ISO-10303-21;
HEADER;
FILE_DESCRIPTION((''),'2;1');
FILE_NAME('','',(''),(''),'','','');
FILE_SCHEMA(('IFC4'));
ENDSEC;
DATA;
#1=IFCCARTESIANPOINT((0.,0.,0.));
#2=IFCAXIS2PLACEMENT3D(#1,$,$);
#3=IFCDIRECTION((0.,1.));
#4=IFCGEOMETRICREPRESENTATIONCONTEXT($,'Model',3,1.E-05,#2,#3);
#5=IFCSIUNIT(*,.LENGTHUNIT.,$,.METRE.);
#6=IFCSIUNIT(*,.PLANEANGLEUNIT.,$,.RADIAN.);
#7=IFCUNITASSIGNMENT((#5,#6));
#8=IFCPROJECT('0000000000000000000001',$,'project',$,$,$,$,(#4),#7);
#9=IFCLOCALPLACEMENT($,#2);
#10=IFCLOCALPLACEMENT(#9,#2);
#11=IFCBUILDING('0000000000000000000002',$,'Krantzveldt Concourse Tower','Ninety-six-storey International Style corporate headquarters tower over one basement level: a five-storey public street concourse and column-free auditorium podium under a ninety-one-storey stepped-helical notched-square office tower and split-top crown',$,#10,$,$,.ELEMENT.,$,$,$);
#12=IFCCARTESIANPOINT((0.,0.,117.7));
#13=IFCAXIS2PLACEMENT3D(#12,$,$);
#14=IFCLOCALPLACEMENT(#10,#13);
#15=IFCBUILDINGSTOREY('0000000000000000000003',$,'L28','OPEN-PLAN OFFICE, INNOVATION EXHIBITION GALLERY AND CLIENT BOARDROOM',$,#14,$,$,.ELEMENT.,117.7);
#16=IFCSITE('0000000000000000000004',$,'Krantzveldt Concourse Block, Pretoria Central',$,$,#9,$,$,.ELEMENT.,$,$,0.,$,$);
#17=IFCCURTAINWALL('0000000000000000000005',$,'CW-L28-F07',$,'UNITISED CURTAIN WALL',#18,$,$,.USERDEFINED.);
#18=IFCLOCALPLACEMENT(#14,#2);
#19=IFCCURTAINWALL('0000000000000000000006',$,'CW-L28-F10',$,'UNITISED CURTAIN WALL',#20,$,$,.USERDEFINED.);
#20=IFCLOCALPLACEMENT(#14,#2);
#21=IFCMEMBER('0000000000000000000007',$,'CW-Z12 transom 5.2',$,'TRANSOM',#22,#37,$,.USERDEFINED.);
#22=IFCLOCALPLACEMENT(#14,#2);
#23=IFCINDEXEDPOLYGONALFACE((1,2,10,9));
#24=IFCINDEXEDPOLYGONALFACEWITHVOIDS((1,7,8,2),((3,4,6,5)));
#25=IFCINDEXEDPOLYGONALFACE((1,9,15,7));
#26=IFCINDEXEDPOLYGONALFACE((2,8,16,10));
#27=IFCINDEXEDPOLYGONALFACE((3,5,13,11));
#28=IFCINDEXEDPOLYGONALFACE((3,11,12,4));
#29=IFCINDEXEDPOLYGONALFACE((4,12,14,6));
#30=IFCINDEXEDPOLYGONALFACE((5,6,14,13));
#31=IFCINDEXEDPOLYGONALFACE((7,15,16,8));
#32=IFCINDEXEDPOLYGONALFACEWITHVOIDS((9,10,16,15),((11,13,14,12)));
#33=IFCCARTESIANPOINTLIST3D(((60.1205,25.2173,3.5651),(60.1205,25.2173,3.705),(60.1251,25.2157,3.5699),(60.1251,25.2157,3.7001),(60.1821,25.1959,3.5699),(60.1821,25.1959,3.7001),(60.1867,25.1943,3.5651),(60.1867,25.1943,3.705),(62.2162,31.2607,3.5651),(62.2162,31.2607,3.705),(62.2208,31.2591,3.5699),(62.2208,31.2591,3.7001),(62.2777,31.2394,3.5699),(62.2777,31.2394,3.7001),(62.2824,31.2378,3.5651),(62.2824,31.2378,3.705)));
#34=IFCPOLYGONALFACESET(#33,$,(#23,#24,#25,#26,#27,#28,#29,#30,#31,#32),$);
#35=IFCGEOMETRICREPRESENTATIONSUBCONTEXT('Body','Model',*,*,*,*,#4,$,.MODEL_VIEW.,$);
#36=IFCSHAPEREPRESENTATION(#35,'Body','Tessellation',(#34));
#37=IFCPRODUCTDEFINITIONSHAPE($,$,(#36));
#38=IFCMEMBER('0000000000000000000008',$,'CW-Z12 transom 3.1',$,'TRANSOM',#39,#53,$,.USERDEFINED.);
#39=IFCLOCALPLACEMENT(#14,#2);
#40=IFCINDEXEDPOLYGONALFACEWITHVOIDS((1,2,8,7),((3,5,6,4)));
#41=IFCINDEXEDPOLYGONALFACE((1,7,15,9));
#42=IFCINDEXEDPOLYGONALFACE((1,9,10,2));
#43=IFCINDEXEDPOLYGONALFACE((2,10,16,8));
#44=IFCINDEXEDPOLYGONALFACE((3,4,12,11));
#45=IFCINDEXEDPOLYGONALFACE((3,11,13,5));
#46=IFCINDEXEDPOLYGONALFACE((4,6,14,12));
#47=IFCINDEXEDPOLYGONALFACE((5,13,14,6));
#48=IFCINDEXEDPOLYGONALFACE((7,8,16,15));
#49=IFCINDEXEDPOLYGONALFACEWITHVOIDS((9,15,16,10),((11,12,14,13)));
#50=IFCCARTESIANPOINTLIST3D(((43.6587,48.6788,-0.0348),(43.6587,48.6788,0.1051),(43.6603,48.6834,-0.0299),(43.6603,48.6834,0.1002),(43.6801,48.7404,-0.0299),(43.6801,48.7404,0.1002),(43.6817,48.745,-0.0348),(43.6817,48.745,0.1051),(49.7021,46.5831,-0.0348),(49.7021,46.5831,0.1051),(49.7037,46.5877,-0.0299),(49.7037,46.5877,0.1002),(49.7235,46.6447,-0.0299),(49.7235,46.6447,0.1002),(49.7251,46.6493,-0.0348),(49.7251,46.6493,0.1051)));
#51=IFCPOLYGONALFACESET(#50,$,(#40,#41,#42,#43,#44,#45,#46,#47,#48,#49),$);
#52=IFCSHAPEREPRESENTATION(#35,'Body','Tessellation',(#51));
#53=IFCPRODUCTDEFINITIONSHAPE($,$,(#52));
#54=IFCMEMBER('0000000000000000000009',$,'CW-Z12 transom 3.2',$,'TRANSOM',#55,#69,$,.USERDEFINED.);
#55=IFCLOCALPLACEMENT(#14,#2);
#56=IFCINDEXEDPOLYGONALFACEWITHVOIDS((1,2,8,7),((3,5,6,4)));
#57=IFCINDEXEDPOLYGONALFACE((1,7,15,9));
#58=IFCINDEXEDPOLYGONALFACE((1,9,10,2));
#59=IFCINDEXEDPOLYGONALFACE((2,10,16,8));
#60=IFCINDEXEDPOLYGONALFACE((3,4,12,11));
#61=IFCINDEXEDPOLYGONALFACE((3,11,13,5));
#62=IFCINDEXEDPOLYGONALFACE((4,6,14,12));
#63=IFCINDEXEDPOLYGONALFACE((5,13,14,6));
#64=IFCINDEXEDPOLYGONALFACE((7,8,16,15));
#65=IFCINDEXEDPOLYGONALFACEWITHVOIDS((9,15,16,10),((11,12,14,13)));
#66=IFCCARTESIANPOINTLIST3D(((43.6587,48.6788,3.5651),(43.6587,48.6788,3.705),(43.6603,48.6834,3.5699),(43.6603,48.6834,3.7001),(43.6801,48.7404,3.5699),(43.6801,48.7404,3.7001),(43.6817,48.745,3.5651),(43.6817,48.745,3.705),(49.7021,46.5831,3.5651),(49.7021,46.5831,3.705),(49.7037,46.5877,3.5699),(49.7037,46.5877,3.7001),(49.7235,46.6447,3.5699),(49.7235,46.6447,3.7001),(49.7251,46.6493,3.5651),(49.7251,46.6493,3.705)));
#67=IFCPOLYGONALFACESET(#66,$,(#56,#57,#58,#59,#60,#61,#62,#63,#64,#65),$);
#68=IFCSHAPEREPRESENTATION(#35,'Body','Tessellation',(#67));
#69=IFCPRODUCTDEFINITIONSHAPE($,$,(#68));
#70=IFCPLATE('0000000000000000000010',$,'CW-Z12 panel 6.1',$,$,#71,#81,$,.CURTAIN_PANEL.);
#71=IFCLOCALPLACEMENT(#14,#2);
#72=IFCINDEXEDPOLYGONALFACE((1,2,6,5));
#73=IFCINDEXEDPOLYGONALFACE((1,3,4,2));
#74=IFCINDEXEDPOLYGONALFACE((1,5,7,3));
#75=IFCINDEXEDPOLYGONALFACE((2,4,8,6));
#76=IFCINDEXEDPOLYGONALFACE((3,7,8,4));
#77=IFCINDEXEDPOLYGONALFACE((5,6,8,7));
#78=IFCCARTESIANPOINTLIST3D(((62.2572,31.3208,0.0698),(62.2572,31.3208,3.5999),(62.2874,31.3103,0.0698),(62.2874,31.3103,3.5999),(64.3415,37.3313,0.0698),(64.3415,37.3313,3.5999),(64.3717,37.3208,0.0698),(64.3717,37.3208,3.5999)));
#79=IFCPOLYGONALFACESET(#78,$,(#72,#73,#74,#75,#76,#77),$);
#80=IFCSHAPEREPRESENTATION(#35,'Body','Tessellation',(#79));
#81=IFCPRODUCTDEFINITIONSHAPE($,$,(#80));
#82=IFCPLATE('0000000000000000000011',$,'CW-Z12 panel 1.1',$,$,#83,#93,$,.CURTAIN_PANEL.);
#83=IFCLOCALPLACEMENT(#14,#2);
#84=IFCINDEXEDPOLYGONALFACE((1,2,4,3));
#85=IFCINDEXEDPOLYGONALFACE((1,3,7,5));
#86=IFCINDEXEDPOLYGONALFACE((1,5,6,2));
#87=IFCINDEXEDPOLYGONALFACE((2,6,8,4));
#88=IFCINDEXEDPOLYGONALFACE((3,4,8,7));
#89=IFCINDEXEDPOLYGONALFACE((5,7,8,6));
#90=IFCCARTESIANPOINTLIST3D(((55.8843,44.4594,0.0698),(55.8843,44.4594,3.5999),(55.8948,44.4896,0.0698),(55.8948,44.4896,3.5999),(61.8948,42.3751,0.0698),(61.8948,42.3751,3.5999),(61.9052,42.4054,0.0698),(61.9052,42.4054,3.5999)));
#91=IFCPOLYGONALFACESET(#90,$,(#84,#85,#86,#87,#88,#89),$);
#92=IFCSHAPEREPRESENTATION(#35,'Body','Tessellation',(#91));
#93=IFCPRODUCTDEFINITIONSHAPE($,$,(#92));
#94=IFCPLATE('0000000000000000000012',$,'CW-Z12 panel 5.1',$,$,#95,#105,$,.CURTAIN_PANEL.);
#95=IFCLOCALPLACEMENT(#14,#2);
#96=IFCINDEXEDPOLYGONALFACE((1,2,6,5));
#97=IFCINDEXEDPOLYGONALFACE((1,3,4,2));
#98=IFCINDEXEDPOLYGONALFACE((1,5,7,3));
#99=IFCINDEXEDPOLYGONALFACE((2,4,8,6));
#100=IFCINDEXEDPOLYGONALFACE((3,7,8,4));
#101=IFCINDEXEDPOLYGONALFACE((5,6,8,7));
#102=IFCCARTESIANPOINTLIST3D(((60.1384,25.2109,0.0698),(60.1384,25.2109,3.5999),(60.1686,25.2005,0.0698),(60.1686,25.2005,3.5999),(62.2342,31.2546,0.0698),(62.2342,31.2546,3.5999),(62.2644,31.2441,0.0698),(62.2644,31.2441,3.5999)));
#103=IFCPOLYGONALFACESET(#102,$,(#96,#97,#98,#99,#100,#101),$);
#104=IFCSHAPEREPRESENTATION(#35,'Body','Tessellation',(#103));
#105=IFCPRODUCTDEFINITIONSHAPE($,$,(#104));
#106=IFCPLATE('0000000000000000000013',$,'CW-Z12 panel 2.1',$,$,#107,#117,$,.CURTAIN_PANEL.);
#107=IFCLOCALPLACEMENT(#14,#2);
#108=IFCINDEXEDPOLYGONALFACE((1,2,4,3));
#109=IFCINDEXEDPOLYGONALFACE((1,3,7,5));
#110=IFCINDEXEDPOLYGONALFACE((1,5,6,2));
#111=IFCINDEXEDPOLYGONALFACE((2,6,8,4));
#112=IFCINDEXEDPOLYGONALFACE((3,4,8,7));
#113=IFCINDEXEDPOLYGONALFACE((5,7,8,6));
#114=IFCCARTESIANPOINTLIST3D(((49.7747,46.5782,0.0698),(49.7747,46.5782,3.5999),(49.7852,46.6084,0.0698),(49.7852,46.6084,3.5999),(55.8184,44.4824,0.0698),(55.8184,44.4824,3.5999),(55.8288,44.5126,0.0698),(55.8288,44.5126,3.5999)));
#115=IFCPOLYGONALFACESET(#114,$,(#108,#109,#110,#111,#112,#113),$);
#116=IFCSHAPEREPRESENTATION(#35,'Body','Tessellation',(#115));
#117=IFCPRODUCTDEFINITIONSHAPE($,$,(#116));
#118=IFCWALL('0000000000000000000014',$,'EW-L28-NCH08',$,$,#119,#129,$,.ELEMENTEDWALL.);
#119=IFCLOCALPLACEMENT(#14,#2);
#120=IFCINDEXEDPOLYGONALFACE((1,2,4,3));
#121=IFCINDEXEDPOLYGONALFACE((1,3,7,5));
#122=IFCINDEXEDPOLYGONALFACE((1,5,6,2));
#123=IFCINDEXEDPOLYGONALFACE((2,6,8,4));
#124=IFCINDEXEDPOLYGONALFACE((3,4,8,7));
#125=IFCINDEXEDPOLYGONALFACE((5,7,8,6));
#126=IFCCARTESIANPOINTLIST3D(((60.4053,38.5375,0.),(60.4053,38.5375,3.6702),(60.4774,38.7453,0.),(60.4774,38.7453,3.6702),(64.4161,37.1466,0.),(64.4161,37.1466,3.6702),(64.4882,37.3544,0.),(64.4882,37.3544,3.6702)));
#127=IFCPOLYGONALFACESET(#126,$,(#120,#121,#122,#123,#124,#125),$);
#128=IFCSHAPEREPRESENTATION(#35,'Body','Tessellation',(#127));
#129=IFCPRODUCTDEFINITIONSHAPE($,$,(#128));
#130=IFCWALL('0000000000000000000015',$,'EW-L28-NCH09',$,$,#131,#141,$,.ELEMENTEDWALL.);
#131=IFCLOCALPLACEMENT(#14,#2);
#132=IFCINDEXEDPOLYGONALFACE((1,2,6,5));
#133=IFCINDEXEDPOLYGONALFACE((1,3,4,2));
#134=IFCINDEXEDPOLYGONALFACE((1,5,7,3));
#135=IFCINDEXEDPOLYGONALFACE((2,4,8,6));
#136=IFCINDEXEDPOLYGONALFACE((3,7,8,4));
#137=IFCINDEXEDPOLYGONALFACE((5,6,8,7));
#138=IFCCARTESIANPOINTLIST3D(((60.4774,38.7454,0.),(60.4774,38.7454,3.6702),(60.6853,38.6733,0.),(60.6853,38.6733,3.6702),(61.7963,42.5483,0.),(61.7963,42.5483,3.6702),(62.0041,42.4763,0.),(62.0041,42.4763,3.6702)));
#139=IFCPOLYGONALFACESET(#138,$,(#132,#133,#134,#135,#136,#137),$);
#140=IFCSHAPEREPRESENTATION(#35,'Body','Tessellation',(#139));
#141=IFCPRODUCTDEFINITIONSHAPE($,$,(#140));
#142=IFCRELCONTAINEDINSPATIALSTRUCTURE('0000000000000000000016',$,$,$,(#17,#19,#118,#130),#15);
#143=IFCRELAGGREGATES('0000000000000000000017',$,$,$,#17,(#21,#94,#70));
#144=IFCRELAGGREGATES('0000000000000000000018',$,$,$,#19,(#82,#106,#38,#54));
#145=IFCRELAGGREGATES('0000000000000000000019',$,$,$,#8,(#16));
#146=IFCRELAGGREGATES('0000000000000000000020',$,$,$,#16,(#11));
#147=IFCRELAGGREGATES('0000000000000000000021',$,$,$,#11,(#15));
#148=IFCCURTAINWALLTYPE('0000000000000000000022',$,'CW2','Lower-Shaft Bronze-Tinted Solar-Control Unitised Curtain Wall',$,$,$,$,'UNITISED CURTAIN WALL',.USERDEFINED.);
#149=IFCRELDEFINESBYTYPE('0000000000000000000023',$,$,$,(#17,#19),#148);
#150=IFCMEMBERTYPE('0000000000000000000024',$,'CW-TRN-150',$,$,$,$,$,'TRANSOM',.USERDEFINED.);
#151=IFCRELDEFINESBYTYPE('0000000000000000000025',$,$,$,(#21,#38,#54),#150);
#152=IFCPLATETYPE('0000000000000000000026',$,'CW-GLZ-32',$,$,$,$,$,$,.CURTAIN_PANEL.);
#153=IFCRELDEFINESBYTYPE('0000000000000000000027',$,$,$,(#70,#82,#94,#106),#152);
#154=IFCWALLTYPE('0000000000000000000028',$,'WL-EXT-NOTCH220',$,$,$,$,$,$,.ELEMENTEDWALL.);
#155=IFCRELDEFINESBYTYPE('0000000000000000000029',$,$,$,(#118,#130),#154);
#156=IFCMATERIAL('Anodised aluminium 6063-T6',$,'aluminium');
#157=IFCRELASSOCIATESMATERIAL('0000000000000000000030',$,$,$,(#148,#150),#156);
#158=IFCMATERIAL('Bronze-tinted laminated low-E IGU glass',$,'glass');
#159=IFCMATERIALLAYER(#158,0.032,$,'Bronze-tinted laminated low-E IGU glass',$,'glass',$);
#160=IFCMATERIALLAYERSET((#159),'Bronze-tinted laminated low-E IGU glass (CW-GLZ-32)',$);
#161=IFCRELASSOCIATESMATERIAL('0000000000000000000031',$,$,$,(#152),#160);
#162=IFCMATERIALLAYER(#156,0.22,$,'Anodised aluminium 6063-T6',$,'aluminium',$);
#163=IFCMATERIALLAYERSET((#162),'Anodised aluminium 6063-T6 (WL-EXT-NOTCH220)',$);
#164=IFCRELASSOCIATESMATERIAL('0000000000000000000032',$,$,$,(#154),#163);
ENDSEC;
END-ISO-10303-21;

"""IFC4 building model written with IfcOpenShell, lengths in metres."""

from ifc_helpers import new_model, si_unit, direction, frame, frame_2d, origin, origin_2d, place, context, subcontext, project, spatial, rectangle, hollow_rectangle, extrude, source, transform, mapped, material, layer, layer_set, material_profile, profile_set, type_object, type_shapes, element, aggregate, save


model = new_model("IFC4")

# Units and contexts
model_context = context("Model", 3, precision=1e-05, world=origin(), true_north=direction((0.0, 1.0)))
body_context = subcontext(model_context, "Body", "Model", "MODEL_VIEW")
ifc_project = project(units=[si_unit("LENGTHUNIT", "METRE"), si_unit("PLANEANGLEUNIT", "RADIAN")], contexts=[model_context])

# Site, building, storey
site_placement = place(None, origin())
site = spatial("IfcSite", under=ifc_project, at=site_placement, Name="Krantzveldt Concourse Block, Pretoria Central", CompositionType="ELEMENT", RefElevation=0.0)
building_placement = place(site_placement, origin())
building = spatial("IfcBuilding", under=site, at=building_placement, Name="Krantzveldt Concourse Tower", Description="Ninety-six-storey International Style corporate headquarters tower over one basement level: a five-storey public street concourse and column-free auditorium podium under a ninety-one-storey stepped-helical notched-square office tower and split-top crown", CompositionType="ELEMENT")
storey_placement = place(building_placement, frame((0.0, 0.0, 117.7)))
storey = spatial("IfcBuildingStorey", under=building, at=storey_placement, Name="L28", Description="OPEN-PLAN OFFICE, INNOVATION EXHIBITION GALLERY AND CLIENT BOARDROOM", CompositionType="ELEMENT", Elevation=117.7)

# Curtain walls
ifc_material_1 = material(Name="Anodised aluminium 6063-T6", Category="aluminium")
curtain_wall_type = type_object("IfcCurtainWallType", Name="CW2", Description="Lower-Shaft Bronze-Tinted Solar-Control Unitised Curtain Wall", ElementType="UNITISED CURTAIN WALL", PredefinedType="USERDEFINED", material=ifc_material_1)
curtain_wall_1_placement = place(storey_placement, origin())
curtain_wall_1 = element("IfcCurtainWall", 1, at=curtain_wall_1_placement, inside=storey, type_object=curtain_wall_type, Name="CW-L28-F07", ObjectType="UNITISED CURTAIN WALL", PredefinedType="USERDEFINED")
curtain_wall_2_placement = place(storey_placement, origin())
curtain_wall_2 = element("IfcCurtainWall", 2, at=curtain_wall_2_placement, inside=storey, type_object=curtain_wall_type, Name="CW-L28-F10", ObjectType="UNITISED CURTAIN WALL", PredefinedType="USERDEFINED")

# Members
ifc_material_profile_1 = material_profile(ifc_material_1, hollow_rectangle(XDim=0.0701, YDim=0.1399, WallThickness=0.0049, at=origin_2d()), Name="Anodised aluminium 6063-T6", Category="aluminium")
ifc_profile_set_1 = profile_set([ifc_material_profile_1], Name="Anodised aluminium 6063-T6 - ALU-TRAN 140x70x5")
member_type_1 = type_object("IfcMemberType", Name="CW-TRN-150", ElementType="TRANSOM", PredefinedType="USERDEFINED", material=ifc_profile_set_1)
shared_shape_1 = source(origin(), body_context, "Body", "SweptSolid", [
    extrude(hollow_rectangle(XDim=0.0701, YDim=0.1399, WallThickness=0.0049, at=origin_2d()), origin(), (0.0, 0.0, 1.0), 6.3965),
])
member_1_placement = place(storey_placement, frame((60.1536, 25.2058, 3.635), z_axis=(0.327632, 0.944805, 0.0), x_axis=(-0.944805, 0.327632, 0.0)))
member_1 = element("IfcMember", 3, at=member_1_placement, type_object=member_type_1, Name="CW-Z12 transom 5.2", ObjectType="TRANSOM", PredefinedType="USERDEFINED", context=body_context, shape_type="MappedRepresentation", body=[
    mapped(shared_shape_1, transform((0.0, 0.0, 0.0), x_axis=(1.0, 0.0, 0.0), y_axis=(0.0, 1.0, 0.0), z_axis=(0.0, 0.0, 1.0), scale=1.0)),
])
member_2_placement = place(storey_placement, frame((49.7136, 46.6162, 0.0352), z_axis=(-0.944805, 0.327632, 0.0), x_axis=(-0.327632, -0.944805, 0.0)))
member_2 = element("IfcMember", 4, at=member_2_placement, type_object=member_type_1, Name="CW-Z12 transom 3.1", ObjectType="TRANSOM", PredefinedType="USERDEFINED", context=body_context, shape_type="MappedRepresentation", body=[
    mapped(shared_shape_1, transform((0.0, 0.0, 0.0), x_axis=(1.0, 0.0, 0.0), y_axis=(0.0, 1.0, 0.0), z_axis=(0.0, 0.0, 1.0), scale=1.0)),
])
member_3_placement = place(storey_placement, frame((49.7136, 46.6162, 3.635), z_axis=(-0.944805, 0.327632, 0.0), x_axis=(-0.327632, -0.944805, 0.0)))
member_3 = element("IfcMember", 5, at=member_3_placement, type_object=member_type_1, Name="CW-Z12 transom 3.2", ObjectType="TRANSOM", PredefinedType="USERDEFINED", context=body_context, shape_type="MappedRepresentation", body=[
    mapped(shared_shape_1, transform((0.0, 0.0, 0.0), x_axis=(1.0, 0.0, 0.0), y_axis=(0.0, 1.0, 0.0), z_axis=(0.0, 0.0, 1.0), scale=1.0)),
])

# Plates
ifc_material_2 = material(Name="Bronze-tinted laminated low-E IGU glass", Category="glass")
ifc_layer_1 = layer(ifc_material_2, 0.032, Name="Bronze-tinted laminated low-E IGU glass", Category="glass")
ifc_layer_set_1 = layer_set([ifc_layer_1], Name="Bronze-tinted laminated low-E IGU glass (CW-GLZ-32)")
plate_type = type_object("IfcPlateType", Name="CW-GLZ-32", PredefinedType="CURTAIN_PANEL", material=ifc_layer_set_1)
shared_shape_2 = source(origin(), body_context, "Body", "SweptSolid", [
    extrude(rectangle(XDim=6.3616, YDim=0.032, at=origin_2d()), origin(), (0.0, 0.0, 1.0), 3.53),
])
plate_1_placement = place(storey_placement, frame((63.3145, 34.3208, 0.0698), z_axis=(0.0, 0.0, 1.0), x_axis=(0.32763, 0.944806, 0.0)))
plate_1 = element("IfcPlate", 6, at=plate_1_placement, type_object=plate_type, Name="CW-Z12 panel 6.1", PredefinedType="CURTAIN_PANEL", context=body_context, shape_type="MappedRepresentation", body=[
    mapped(shared_shape_2, transform((0.0, 0.0, 0.0), x_axis=(1.0, 0.0, 0.0), y_axis=(0.0, 1.0, 0.0), z_axis=(0.0, 0.0, 1.0), scale=1.0)),
])
plate_2_placement = place(storey_placement, frame((58.8948, 43.4324, 0.0698), z_axis=(0.0, 0.0, 1.0), x_axis=(-0.944806, 0.32763, 0.0)))
plate_2 = element("IfcPlate", 7, at=plate_2_placement, type_object=plate_type, Name="CW-Z12 panel 1.1", PredefinedType="CURTAIN_PANEL", context=body_context, shape_type="MappedRepresentation", body=[
    mapped(shared_shape_2, transform((0.0, 0.0, 0.0), x_axis=(1.0, 0.0, 0.0), y_axis=(0.0, 1.0, 0.0), z_axis=(0.0, 0.0, 1.0), scale=1.0)),
])
shared_shape_3 = source(origin(), body_context, "Body", "SweptSolid", [
    extrude(rectangle(XDim=6.3967, YDim=0.032, at=origin_2d()), origin(), (0.0, 0.0, 1.0), 3.53),
])
type_shapes(plate_type, [shared_shape_2, shared_shape_3])
plate_3_placement = place(storey_placement, frame((61.2014, 28.2275, 0.0698), z_axis=(0.0, 0.0, 1.0), x_axis=(0.32763, 0.944806, 0.0)))
plate_3 = element("IfcPlate", 8, at=plate_3_placement, type_object=plate_type, Name="CW-Z12 panel 5.1", PredefinedType="CURTAIN_PANEL", context=body_context, shape_type="MappedRepresentation", body=[
    mapped(shared_shape_3, transform((0.0, 0.0, 0.0), x_axis=(1.0, 0.0, 0.0), y_axis=(0.0, 1.0, 0.0), z_axis=(0.0, 0.0, 1.0), scale=1.0)),
])
aggregate(curtain_wall_1, [member_1, plate_3, plate_1])
plate_4_placement = place(storey_placement, frame((52.8018, 45.5454, 0.0698), z_axis=(0.0, 0.0, 1.0), x_axis=(-0.944806, 0.32763, 0.0)))
plate_4 = element("IfcPlate", 9, at=plate_4_placement, type_object=plate_type, Name="CW-Z12 panel 2.1", PredefinedType="CURTAIN_PANEL", context=body_context, shape_type="MappedRepresentation", body=[
    mapped(shared_shape_3, transform((0.0, 0.0, 0.0), x_axis=(1.0, 0.0, 0.0), y_axis=(0.0, 1.0, 0.0), z_axis=(0.0, 0.0, 1.0), scale=1.0)),
])
aggregate(curtain_wall_2, [plate_2, plate_4, member_2, member_3])

# Walls
ifc_layer_2 = layer(ifc_material_1, 0.22, Name="Anodised aluminium 6063-T6", Category="aluminium")
ifc_layer_set_2 = layer_set([ifc_layer_2], Name="Anodised aluminium 6063-T6 (WL-EXT-NOTCH220)")
wall_type = type_object("IfcWallType", Name="WL-EXT-NOTCH220", PredefinedType="ELEMENTEDWALL", material=ifc_layer_set_2)
wall_1_placement = place(storey_placement, frame((64.4521, 37.2505, 0.0), z_axis=(0.0, 0.0, 1.0), x_axis=(-0.944801, 0.327644, 0.0)))
element("IfcWall", 10, at=wall_1_placement, inside=storey, type_object=wall_type, Name="EW-L28-NCH08", PredefinedType="ELEMENTEDWALL", context=body_context, shape_type="SweptSolid", body=[
    extrude(rectangle(XDim=4.2451, YDim=0.22, at=frame_2d((2.1226, 0.0))), origin(), (0.0, 0.0, 1.0), 3.6702),
])
wall_2_placement = place(storey_placement, frame((60.5813, 38.7092, 0.0), z_axis=(0.0, 0.0, 1.0), x_axis=(0.32765, 0.944799, 0.0)))
element("IfcWall", 11, at=wall_2_placement, inside=storey, type_object=wall_type, Name="EW-L28-NCH09", PredefinedType="ELEMENTEDWALL", context=body_context, shape_type="SweptSolid", body=[
    extrude(rectangle(XDim=4.0251, YDim=0.22, at=frame_2d((2.0127, 0.0))), origin(), (0.0, 0.0, 1.0), 3.6702),
])

save(model, "model.ifc")
